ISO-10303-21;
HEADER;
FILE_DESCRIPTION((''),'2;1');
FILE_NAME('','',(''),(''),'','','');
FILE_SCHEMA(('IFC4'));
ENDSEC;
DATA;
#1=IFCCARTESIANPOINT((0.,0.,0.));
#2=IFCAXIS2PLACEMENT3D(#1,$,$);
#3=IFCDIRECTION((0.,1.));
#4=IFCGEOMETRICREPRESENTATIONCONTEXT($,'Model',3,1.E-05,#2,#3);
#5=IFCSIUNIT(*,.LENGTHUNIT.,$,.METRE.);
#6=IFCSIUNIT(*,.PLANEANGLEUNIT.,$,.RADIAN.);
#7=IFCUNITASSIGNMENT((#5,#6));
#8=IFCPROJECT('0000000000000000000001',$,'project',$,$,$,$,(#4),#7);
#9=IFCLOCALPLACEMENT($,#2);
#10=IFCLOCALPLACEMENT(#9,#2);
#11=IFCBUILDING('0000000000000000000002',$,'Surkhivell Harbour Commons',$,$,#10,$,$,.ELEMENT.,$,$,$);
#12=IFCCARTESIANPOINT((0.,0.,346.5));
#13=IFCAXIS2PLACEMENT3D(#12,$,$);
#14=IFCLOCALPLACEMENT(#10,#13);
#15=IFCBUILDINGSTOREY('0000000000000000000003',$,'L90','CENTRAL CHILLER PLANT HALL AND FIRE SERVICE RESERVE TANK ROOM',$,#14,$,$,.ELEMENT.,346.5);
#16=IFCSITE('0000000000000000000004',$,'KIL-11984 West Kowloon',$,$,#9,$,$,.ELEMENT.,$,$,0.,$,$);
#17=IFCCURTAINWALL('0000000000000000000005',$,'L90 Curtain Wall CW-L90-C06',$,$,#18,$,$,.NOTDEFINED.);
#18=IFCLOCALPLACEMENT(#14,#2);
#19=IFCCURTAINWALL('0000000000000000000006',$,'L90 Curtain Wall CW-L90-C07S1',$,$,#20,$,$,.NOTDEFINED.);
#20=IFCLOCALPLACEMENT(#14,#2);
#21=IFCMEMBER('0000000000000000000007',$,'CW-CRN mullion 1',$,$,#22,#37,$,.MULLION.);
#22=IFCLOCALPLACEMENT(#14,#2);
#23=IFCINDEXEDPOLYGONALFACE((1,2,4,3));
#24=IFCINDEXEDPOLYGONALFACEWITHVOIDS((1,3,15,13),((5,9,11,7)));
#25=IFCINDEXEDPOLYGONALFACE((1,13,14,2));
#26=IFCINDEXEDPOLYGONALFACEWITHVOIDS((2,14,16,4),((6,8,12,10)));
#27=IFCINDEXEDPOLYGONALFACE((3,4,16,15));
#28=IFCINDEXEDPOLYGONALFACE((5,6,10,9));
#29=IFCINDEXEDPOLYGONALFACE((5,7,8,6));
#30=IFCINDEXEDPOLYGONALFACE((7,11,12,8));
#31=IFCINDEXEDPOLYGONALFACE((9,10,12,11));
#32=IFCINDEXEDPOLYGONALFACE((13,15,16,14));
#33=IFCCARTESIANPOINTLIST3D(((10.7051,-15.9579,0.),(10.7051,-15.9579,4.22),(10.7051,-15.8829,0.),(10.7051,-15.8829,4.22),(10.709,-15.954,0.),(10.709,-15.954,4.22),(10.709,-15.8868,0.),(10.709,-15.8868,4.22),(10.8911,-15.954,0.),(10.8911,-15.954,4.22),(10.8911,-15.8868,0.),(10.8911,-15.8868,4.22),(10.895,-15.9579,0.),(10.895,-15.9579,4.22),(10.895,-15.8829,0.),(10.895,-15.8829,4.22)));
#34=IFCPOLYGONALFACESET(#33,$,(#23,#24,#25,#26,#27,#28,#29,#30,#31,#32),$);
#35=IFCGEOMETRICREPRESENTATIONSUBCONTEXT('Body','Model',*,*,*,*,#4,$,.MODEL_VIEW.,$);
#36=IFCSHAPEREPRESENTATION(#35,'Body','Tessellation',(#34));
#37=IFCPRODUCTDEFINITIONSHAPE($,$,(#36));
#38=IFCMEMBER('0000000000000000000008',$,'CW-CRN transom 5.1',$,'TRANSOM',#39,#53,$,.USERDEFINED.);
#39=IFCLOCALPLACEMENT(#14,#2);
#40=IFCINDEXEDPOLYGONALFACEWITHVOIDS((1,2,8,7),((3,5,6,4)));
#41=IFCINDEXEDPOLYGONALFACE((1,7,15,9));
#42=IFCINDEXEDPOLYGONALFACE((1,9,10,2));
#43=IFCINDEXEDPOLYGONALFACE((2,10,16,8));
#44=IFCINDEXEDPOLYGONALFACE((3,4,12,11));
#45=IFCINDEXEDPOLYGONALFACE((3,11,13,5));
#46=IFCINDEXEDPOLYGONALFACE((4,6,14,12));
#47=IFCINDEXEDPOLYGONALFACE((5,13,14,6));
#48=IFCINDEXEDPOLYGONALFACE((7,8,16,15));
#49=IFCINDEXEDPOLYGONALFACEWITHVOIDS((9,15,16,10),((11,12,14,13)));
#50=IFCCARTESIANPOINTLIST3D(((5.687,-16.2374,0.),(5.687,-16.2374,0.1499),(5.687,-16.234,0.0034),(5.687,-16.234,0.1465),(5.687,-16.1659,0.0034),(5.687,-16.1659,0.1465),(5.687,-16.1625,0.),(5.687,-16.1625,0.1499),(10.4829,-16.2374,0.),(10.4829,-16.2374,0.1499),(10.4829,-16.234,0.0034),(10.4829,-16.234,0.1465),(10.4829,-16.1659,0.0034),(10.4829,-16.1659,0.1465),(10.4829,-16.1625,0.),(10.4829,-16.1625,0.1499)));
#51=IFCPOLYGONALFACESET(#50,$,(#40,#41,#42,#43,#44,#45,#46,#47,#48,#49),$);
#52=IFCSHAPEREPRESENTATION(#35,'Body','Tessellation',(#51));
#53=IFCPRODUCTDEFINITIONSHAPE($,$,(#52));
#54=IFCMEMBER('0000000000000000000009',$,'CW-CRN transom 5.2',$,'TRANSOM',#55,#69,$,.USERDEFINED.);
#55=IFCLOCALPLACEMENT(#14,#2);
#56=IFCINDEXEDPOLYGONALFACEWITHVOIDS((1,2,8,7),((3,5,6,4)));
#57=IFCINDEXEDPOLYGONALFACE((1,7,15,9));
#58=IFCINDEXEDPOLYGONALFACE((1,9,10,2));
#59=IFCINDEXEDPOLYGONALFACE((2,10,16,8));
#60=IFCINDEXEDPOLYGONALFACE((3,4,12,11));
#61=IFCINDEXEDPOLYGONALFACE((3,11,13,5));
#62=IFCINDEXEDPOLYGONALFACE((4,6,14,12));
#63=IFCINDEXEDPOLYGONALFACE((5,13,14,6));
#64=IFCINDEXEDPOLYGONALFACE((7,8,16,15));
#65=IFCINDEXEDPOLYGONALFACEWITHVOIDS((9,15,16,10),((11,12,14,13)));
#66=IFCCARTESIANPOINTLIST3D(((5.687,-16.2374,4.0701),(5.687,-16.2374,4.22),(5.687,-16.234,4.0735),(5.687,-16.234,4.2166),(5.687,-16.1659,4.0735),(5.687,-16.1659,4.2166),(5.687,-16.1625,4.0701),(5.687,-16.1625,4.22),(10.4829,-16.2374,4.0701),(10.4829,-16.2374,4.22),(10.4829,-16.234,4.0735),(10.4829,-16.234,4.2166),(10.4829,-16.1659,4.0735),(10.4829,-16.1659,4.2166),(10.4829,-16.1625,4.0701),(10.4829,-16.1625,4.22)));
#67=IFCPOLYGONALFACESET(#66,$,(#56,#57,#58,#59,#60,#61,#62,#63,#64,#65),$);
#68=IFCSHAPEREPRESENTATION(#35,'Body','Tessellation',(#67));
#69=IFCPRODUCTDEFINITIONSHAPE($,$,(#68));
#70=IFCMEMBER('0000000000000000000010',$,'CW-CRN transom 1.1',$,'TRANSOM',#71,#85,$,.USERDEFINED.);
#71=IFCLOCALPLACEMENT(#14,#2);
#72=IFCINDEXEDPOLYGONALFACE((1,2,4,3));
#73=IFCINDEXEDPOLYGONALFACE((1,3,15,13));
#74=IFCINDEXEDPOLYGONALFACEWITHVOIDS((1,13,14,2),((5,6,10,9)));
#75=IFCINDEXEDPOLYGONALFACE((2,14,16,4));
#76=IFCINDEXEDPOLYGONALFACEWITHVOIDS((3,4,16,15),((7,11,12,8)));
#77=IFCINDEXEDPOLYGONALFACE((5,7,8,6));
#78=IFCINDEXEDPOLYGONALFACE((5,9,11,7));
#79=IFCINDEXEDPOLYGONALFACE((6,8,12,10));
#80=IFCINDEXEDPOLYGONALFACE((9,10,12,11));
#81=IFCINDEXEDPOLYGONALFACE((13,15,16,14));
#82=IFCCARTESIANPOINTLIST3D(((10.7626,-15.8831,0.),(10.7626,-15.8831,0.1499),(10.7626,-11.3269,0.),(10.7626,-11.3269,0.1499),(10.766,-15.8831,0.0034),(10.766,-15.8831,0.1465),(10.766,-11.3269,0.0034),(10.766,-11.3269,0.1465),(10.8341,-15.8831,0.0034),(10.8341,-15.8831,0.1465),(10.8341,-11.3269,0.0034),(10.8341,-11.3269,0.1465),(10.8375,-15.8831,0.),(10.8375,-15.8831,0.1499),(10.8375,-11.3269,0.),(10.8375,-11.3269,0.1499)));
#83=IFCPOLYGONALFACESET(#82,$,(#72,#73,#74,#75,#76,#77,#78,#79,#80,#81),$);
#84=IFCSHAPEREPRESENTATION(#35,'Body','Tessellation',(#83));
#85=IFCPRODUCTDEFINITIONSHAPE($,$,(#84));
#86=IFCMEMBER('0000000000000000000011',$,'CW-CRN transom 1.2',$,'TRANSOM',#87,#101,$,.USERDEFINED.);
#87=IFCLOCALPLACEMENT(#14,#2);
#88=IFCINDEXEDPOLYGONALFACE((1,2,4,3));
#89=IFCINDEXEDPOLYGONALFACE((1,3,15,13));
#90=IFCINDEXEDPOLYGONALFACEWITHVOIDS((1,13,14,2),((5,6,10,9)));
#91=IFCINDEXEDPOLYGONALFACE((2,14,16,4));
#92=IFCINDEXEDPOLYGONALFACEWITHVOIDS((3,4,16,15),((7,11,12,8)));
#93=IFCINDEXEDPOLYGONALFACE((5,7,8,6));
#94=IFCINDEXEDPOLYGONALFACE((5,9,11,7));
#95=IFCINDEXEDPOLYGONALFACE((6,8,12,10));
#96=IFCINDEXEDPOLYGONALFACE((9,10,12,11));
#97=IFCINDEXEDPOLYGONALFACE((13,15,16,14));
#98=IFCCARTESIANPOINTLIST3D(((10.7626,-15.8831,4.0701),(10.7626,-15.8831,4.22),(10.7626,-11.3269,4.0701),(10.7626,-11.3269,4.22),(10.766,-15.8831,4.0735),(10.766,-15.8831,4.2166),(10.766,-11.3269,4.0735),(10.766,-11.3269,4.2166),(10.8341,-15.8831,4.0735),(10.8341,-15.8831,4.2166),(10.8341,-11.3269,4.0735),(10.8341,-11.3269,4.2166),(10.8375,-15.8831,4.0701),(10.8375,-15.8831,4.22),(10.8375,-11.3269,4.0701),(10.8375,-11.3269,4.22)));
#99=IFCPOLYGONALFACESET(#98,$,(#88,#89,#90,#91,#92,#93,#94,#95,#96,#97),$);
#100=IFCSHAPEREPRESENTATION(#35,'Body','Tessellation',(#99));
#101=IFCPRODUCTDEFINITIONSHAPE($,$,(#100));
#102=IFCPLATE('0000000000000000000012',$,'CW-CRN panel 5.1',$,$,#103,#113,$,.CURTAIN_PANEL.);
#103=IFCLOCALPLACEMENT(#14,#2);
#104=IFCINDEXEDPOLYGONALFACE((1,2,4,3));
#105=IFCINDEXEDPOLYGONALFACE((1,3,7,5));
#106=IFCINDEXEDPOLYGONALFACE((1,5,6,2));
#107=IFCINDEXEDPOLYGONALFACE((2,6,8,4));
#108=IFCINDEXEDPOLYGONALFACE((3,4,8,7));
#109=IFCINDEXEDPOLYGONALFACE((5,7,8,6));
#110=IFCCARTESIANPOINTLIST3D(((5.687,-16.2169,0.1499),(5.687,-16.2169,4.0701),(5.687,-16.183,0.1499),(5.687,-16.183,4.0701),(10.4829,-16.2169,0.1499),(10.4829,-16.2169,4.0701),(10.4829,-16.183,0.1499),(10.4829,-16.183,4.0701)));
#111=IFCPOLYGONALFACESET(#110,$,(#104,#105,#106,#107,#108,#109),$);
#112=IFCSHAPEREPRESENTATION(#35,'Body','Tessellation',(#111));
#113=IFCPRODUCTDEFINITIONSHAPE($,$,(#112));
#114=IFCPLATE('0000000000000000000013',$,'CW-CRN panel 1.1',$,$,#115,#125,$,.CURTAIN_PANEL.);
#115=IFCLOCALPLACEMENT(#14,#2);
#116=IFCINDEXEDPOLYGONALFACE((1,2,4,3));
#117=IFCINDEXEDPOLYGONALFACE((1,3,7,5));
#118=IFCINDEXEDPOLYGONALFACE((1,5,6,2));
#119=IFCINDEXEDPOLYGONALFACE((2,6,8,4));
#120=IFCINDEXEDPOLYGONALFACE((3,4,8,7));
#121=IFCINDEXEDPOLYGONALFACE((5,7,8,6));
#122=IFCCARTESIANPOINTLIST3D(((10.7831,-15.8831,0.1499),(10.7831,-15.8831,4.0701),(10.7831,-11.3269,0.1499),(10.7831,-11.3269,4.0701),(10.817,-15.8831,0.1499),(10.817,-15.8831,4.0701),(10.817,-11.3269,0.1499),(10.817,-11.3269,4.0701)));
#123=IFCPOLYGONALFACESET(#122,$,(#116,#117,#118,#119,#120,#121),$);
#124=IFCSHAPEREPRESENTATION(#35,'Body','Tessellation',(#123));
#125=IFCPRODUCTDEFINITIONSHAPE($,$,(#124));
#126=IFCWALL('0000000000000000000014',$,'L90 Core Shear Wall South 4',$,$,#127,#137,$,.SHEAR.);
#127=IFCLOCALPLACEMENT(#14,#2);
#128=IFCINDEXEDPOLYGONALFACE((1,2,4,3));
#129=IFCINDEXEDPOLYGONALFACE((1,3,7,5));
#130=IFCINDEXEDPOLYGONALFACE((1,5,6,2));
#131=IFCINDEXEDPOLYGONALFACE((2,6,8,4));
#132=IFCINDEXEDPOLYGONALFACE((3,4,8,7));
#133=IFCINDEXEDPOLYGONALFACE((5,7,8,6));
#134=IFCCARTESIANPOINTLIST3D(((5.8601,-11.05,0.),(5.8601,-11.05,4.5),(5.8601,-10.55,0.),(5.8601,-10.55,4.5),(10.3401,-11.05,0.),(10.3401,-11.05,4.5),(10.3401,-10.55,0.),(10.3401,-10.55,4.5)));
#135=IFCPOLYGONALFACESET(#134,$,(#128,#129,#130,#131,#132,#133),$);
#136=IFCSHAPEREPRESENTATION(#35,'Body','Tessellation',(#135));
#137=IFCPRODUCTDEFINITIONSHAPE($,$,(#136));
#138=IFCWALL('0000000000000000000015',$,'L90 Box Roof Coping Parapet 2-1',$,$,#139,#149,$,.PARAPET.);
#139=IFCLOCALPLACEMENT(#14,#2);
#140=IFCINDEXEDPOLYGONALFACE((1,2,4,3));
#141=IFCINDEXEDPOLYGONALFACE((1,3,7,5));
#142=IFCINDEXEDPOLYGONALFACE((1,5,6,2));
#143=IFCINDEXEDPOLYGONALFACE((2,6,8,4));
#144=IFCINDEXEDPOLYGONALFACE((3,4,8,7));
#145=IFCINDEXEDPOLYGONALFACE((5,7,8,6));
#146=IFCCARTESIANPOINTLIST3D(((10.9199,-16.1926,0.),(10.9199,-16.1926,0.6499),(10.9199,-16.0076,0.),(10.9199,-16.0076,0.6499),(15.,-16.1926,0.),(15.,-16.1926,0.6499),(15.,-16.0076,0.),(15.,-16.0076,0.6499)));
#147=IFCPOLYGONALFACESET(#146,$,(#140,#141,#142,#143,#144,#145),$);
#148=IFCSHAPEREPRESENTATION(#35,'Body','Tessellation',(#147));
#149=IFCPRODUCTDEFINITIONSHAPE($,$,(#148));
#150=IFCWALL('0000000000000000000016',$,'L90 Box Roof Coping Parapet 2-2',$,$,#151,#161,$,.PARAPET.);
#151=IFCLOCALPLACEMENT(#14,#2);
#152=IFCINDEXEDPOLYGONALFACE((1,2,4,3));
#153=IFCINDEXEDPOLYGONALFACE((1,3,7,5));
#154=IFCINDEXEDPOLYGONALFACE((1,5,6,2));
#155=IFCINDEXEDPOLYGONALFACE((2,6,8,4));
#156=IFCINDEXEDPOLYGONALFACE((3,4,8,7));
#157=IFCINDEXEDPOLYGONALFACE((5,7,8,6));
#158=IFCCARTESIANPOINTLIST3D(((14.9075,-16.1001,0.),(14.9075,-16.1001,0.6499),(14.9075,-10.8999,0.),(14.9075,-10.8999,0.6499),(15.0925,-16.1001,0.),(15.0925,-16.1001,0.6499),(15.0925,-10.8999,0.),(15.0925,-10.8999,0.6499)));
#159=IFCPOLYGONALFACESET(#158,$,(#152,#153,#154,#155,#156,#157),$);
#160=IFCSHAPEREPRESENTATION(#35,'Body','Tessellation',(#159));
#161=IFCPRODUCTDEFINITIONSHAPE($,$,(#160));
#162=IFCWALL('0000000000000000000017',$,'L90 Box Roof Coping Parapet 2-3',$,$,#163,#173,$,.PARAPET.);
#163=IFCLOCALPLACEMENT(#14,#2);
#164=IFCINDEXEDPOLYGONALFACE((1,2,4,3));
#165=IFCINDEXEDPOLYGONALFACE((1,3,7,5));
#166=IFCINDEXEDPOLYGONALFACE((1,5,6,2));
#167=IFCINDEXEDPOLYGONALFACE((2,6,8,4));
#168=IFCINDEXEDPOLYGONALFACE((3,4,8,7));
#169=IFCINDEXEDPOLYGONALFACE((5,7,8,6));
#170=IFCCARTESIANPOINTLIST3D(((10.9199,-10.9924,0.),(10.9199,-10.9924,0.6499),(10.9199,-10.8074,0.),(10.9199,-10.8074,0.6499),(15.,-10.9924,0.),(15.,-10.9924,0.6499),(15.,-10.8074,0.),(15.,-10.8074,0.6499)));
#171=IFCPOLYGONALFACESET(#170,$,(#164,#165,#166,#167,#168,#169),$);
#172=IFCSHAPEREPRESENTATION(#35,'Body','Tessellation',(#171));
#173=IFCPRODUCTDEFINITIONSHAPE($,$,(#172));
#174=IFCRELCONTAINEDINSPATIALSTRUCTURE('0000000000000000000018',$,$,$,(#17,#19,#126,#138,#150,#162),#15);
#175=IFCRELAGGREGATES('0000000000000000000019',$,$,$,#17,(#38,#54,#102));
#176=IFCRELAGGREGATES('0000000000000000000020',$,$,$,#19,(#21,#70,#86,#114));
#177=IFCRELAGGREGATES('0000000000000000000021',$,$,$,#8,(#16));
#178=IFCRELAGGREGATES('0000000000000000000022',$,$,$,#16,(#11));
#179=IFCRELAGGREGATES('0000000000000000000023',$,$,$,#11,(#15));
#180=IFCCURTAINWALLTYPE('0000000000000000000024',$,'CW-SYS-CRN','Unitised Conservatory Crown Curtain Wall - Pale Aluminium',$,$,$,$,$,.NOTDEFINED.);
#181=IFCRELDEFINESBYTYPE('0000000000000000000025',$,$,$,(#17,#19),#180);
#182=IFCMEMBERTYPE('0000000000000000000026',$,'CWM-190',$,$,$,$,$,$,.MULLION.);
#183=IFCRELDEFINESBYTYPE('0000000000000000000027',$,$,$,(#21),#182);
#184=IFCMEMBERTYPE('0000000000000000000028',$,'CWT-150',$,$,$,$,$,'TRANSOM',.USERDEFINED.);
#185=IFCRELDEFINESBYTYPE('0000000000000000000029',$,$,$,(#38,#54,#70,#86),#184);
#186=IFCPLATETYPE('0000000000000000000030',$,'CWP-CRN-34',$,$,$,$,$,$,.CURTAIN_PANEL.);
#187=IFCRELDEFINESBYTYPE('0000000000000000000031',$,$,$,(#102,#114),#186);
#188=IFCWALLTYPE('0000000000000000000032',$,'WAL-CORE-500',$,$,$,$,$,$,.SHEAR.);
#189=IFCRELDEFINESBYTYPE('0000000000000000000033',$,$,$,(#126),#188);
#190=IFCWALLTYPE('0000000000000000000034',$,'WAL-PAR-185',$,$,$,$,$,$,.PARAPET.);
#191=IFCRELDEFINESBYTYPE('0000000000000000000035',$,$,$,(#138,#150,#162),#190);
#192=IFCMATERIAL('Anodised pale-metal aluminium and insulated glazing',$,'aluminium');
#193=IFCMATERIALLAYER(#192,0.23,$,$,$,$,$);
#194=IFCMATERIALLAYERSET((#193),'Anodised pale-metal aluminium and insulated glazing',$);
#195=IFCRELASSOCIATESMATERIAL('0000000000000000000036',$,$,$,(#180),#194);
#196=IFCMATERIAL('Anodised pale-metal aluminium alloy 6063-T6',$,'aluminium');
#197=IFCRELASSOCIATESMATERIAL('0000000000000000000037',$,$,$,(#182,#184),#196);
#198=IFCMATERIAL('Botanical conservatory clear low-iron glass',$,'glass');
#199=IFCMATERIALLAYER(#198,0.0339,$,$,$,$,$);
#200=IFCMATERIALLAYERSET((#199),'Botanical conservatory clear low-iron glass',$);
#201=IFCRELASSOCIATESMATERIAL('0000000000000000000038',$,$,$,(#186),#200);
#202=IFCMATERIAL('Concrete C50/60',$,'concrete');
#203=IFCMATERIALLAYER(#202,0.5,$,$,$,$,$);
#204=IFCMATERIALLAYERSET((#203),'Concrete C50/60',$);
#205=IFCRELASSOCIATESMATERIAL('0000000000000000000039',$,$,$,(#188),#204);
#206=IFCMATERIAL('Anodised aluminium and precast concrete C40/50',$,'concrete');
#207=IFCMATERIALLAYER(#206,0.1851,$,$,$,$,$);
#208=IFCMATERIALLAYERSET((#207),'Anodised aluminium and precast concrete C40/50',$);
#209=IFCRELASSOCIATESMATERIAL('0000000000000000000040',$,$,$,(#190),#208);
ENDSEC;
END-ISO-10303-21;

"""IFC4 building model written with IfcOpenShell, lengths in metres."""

from ifc_helpers import new_model, si_unit, direction, frame, frame_2d, origin, origin_2d, place, context, subcontext, project, spatial, rectangle, hollow_rectangle, extrude, material, layer, layer_set, material_profile, profile_set, type_object, element, aggregate, save


model = new_model("IFC4")

# Units and contexts
model_context = context("Model", 3, precision=1e-05, world=origin(), true_north=direction((0.0, 1.0)))
body_context = subcontext(model_context, "Body", "Model", "MODEL_VIEW")
ifc_project = project(units=[si_unit("LENGTHUNIT", "METRE"), si_unit("PLANEANGLEUNIT", "RADIAN")], contexts=[model_context])

# Site, building, storey
site_placement = place(None, origin())
site = spatial("IfcSite", under=ifc_project, at=site_placement, Name="KIL-11984 West Kowloon", CompositionType="ELEMENT", RefElevation=0.0)
building_placement = place(site_placement, origin())
building = spatial("IfcBuilding", under=site, at=building_placement, Name="Surkhivell Harbour Commons", CompositionType="ELEMENT")
storey_placement = place(building_placement, frame((0.0, 0.0, 346.5)))
storey = spatial("IfcBuildingStorey", under=building, at=storey_placement, Name="L90", Description="CENTRAL CHILLER PLANT HALL AND FIRE SERVICE RESERVE TANK ROOM", CompositionType="ELEMENT", Elevation=346.5)

# Curtain wall
ifc_material_1 = material(Name="Anodised pale-metal aluminium and insulated glazing", Category="aluminium")
ifc_layer_1 = layer(ifc_material_1, 0.23)
ifc_layer_set_1 = layer_set([ifc_layer_1], Name="Anodised pale-metal aluminium and insulated glazing")
curtain_wall_type = type_object("IfcCurtainWallType", Name="CW-SYS-CRN", Description="Unitised Conservatory Crown Curtain Wall - Pale Aluminium", PredefinedType="NOTDEFINED", material=ifc_layer_set_1)
curtain_wall_1_placement = place(storey_placement, origin())
curtain_wall_1 = element("IfcCurtainWall", 1, at=curtain_wall_1_placement, inside=storey, type_object=curtain_wall_type, Name="L90 Curtain Wall CW-L90-C06", PredefinedType="NOTDEFINED")
ifc_material_2 = material(Name="Anodised pale-metal aluminium alloy 6063-T6", Category="aluminium")
ifc_material_profile_1 = material_profile(ifc_material_2, hollow_rectangle(XDim=0.075, YDim=0.1899, WallThickness=0.0039, at=origin_2d()), Name="ALU-MULL-75x190")
ifc_profile_set_1 = profile_set([ifc_material_profile_1], Name="Anodised pale-metal aluminium alloy 6063-T6")
member_type_1 = type_object("IfcMemberType", Name="CWM-190", PredefinedType="MULLION", material=ifc_profile_set_1)

# Curtain wall, member
curtain_wall_2_placement = place(storey_placement, origin())
curtain_wall_2 = element("IfcCurtainWall", 2, at=curtain_wall_2_placement, inside=storey, type_object=curtain_wall_type, Name="L90 Curtain Wall CW-L90-C07S1", PredefinedType="NOTDEFINED")
member_1_placement = place(storey_placement, frame((10.8, -15.9204, 0.0), z_axis=(0.0, 0.0, 1.0), x_axis=(0.0, 1.0, 0.0)))
member_1 = element("IfcMember", 3, at=member_1_placement, type_object=member_type_1, Name="CW-CRN mullion 1", PredefinedType="MULLION", context=body_context, shape_type="SweptSolid", body=[
    extrude(hollow_rectangle(XDim=0.075, YDim=0.1899, WallThickness=0.0039, at=origin_2d()), origin(), (0.0, 0.0, 1.0), 4.22),
])

# Members
ifc_material_profile_2 = material_profile(ifc_material_2, hollow_rectangle(XDim=0.075, YDim=0.1499, WallThickness=0.0034, at=origin_2d()), Name="ALU-TRAN-75x150")
ifc_profile_set_2 = profile_set([ifc_material_profile_2], Name="Anodised pale-metal aluminium alloy 6063-T6")
member_type_2 = type_object("IfcMemberType", Name="CWT-150", ElementType="TRANSOM", PredefinedType="USERDEFINED", material=ifc_profile_set_2)
member_2_placement = place(storey_placement, frame((5.687, -16.2, 0.075), z_axis=(1.0, 0.0, 0.0), x_axis=(0.0, 1.0, 0.0)))
member_2 = element("IfcMember", 4, at=member_2_placement, type_object=member_type_2, Name="CW-CRN transom 5.1", ObjectType="TRANSOM", PredefinedType="USERDEFINED", context=body_context, shape_type="SweptSolid", body=[
    extrude(hollow_rectangle(XDim=0.075, YDim=0.1499, WallThickness=0.0034, at=origin_2d()), origin(), (0.0, 0.0, 1.0), 4.7959),
])
member_3_placement = place(storey_placement, frame((5.687, -16.2, 4.145), z_axis=(1.0, 0.0, 0.0), x_axis=(0.0, 1.0, 0.0)))
member_3 = element("IfcMember", 5, at=member_3_placement, type_object=member_type_2, Name="CW-CRN transom 5.2", ObjectType="TRANSOM", PredefinedType="USERDEFINED", context=body_context, shape_type="SweptSolid", body=[
    extrude(hollow_rectangle(XDim=0.075, YDim=0.1499, WallThickness=0.0034, at=origin_2d()), origin(), (0.0, 0.0, 1.0), 4.7959),
])
member_4_placement = place(storey_placement, frame((10.8, -15.8831, 0.075), z_axis=(0.0, 1.0, 0.0), x_axis=(-1.0, 0.0, 0.0)))
member_4 = element("IfcMember", 6, at=member_4_placement, type_object=member_type_2, Name="CW-CRN transom 1.1", ObjectType="TRANSOM", PredefinedType="USERDEFINED", context=body_context, shape_type="SweptSolid", body=[
    extrude(hollow_rectangle(XDim=0.075, YDim=0.1499, WallThickness=0.0034, at=origin_2d()), origin(), (0.0, 0.0, 1.0), 4.5562),
])
member_5_placement = place(storey_placement, frame((10.8, -15.8831, 4.145), z_axis=(0.0, 1.0, 0.0), x_axis=(-1.0, 0.0, 0.0)))
member_5 = element("IfcMember", 7, at=member_5_placement, type_object=member_type_2, Name="CW-CRN transom 1.2", ObjectType="TRANSOM", PredefinedType="USERDEFINED", context=body_context, shape_type="SweptSolid", body=[
    extrude(hollow_rectangle(XDim=0.075, YDim=0.1499, WallThickness=0.0034, at=origin_2d()), origin(), (0.0, 0.0, 1.0), 4.5562),
])

# Plates
ifc_material_3 = material(Name="Botanical conservatory clear low-iron glass", Category="glass")
ifc_layer_2 = layer(ifc_material_3, 0.0339)
ifc_layer_set_2 = layer_set([ifc_layer_2], Name="Botanical conservatory clear low-iron glass")
plate_type = type_object("IfcPlateType", Name="CWP-CRN-34", PredefinedType="CURTAIN_PANEL", material=ifc_layer_set_2)
plate_1_placement = place(storey_placement, frame((5.687, -16.2, 0.1499), z_axis=(0.0, 0.0, 1.0), x_axis=(1.0, 0.0, 0.0)))
plate_1 = element("IfcPlate", 8, at=plate_1_placement, type_object=plate_type, Name="CW-CRN panel 5.1", PredefinedType="CURTAIN_PANEL", context=body_context, shape_type="SweptSolid", body=[
    extrude(rectangle(XDim=4.7959, YDim=0.0339, at=frame_2d((2.3979, 0.0))), origin(), (0.0, 0.0, 1.0), 3.9202),
])
aggregate(curtain_wall_1, [member_2, member_3, plate_1])
plate_2_placement = place(storey_placement, frame((10.8, -15.8831, 0.1499), z_axis=(0.0, 0.0, 1.0), x_axis=(0.0, 1.0, 0.0)))
plate_2 = element("IfcPlate", 9, at=plate_2_placement, type_object=plate_type, Name="CW-CRN panel 1.1", PredefinedType="CURTAIN_PANEL", context=body_context, shape_type="SweptSolid", body=[
    extrude(rectangle(XDim=4.5562, YDim=0.0339, at=frame_2d((2.2781, 0.0))), origin(), (0.0, 0.0, 1.0), 3.9202),
])
aggregate(curtain_wall_2, [member_1, member_4, member_5, plate_2])

# Walls
ifc_material_4 = material(Name="Concrete C50/60", Category="concrete")
ifc_layer_3 = layer(ifc_material_4, 0.5)
ifc_layer_set_3 = layer_set([ifc_layer_3], Name="Concrete C50/60")
wall_type_1 = type_object("IfcWallType", Name="WAL-CORE-500", PredefinedType="SHEAR", material=ifc_layer_set_3)
wall_1_placement = place(storey_placement, frame((5.8601, -10.8, 0.0), z_axis=(0.0, 0.0, 1.0), x_axis=(1.0, 0.0, 0.0)))
element("IfcWall", 10, at=wall_1_placement, inside=storey, type_object=wall_type_1, Name="L90 Core Shear Wall South 4", PredefinedType="SHEAR", context=body_context, shape_type="SweptSolid", body=[
    extrude(rectangle(XDim=4.48, YDim=0.5, at=frame_2d((2.24, 0.0))), origin(), (0.0, 0.0, 1.0), 4.5),
])
ifc_material_5 = material(Name="Anodised aluminium and precast concrete C40/50", Category="concrete")
ifc_layer_4 = layer(ifc_material_5, 0.1851)
ifc_layer_set_4 = layer_set([ifc_layer_4], Name="Anodised aluminium and precast concrete C40/50")
wall_type_2 = type_object("IfcWallType", Name="WAL-PAR-185", PredefinedType="PARAPET", material=ifc_layer_set_4)
wall_2_placement = place(storey_placement, frame((10.9199, -16.1001, 0.0), z_axis=(0.0, 0.0, 1.0), x_axis=(1.0, 0.0, 0.0)))
element("IfcWall", 11, at=wall_2_placement, inside=storey, type_object=wall_type_2, Name="L90 Box Roof Coping Parapet 2-1", PredefinedType="PARAPET", context=body_context, shape_type="SweptSolid", body=[
    extrude(rectangle(XDim=4.0801, YDim=0.1851, at=frame_2d((2.04, 0.0))), origin(), (0.0, 0.0, 1.0), 0.6499),
])
wall_3_placement = place(storey_placement, frame((15.0, -16.1001, 0.0), z_axis=(0.0, 0.0, 1.0), x_axis=(0.0, 1.0, 0.0)))
element("IfcWall", 12, at=wall_3_placement, inside=storey, type_object=wall_type_2, Name="L90 Box Roof Coping Parapet 2-2", PredefinedType="PARAPET", context=body_context, shape_type="SweptSolid", body=[
    extrude(rectangle(XDim=5.2002, YDim=0.1851, at=frame_2d((2.6001, 0.0))), origin(), (0.0, 0.0, 1.0), 0.6499),
])
wall_4_placement = place(storey_placement, frame((15.0, -10.8999, 0.0), z_axis=(0.0, 0.0, 1.0), x_axis=(-1.0, 0.0, 0.0)))
element("IfcWall", 13, at=wall_4_placement, inside=storey, type_object=wall_type_2, Name="L90 Box Roof Coping Parapet 2-3", PredefinedType="PARAPET", context=body_context, shape_type="SweptSolid", body=[
    extrude(rectangle(XDim=4.0801, YDim=0.1851, at=frame_2d((2.04, 0.0))), origin(), (0.0, 0.0, 1.0), 0.6499),
])

save(model, "model.ifc")
